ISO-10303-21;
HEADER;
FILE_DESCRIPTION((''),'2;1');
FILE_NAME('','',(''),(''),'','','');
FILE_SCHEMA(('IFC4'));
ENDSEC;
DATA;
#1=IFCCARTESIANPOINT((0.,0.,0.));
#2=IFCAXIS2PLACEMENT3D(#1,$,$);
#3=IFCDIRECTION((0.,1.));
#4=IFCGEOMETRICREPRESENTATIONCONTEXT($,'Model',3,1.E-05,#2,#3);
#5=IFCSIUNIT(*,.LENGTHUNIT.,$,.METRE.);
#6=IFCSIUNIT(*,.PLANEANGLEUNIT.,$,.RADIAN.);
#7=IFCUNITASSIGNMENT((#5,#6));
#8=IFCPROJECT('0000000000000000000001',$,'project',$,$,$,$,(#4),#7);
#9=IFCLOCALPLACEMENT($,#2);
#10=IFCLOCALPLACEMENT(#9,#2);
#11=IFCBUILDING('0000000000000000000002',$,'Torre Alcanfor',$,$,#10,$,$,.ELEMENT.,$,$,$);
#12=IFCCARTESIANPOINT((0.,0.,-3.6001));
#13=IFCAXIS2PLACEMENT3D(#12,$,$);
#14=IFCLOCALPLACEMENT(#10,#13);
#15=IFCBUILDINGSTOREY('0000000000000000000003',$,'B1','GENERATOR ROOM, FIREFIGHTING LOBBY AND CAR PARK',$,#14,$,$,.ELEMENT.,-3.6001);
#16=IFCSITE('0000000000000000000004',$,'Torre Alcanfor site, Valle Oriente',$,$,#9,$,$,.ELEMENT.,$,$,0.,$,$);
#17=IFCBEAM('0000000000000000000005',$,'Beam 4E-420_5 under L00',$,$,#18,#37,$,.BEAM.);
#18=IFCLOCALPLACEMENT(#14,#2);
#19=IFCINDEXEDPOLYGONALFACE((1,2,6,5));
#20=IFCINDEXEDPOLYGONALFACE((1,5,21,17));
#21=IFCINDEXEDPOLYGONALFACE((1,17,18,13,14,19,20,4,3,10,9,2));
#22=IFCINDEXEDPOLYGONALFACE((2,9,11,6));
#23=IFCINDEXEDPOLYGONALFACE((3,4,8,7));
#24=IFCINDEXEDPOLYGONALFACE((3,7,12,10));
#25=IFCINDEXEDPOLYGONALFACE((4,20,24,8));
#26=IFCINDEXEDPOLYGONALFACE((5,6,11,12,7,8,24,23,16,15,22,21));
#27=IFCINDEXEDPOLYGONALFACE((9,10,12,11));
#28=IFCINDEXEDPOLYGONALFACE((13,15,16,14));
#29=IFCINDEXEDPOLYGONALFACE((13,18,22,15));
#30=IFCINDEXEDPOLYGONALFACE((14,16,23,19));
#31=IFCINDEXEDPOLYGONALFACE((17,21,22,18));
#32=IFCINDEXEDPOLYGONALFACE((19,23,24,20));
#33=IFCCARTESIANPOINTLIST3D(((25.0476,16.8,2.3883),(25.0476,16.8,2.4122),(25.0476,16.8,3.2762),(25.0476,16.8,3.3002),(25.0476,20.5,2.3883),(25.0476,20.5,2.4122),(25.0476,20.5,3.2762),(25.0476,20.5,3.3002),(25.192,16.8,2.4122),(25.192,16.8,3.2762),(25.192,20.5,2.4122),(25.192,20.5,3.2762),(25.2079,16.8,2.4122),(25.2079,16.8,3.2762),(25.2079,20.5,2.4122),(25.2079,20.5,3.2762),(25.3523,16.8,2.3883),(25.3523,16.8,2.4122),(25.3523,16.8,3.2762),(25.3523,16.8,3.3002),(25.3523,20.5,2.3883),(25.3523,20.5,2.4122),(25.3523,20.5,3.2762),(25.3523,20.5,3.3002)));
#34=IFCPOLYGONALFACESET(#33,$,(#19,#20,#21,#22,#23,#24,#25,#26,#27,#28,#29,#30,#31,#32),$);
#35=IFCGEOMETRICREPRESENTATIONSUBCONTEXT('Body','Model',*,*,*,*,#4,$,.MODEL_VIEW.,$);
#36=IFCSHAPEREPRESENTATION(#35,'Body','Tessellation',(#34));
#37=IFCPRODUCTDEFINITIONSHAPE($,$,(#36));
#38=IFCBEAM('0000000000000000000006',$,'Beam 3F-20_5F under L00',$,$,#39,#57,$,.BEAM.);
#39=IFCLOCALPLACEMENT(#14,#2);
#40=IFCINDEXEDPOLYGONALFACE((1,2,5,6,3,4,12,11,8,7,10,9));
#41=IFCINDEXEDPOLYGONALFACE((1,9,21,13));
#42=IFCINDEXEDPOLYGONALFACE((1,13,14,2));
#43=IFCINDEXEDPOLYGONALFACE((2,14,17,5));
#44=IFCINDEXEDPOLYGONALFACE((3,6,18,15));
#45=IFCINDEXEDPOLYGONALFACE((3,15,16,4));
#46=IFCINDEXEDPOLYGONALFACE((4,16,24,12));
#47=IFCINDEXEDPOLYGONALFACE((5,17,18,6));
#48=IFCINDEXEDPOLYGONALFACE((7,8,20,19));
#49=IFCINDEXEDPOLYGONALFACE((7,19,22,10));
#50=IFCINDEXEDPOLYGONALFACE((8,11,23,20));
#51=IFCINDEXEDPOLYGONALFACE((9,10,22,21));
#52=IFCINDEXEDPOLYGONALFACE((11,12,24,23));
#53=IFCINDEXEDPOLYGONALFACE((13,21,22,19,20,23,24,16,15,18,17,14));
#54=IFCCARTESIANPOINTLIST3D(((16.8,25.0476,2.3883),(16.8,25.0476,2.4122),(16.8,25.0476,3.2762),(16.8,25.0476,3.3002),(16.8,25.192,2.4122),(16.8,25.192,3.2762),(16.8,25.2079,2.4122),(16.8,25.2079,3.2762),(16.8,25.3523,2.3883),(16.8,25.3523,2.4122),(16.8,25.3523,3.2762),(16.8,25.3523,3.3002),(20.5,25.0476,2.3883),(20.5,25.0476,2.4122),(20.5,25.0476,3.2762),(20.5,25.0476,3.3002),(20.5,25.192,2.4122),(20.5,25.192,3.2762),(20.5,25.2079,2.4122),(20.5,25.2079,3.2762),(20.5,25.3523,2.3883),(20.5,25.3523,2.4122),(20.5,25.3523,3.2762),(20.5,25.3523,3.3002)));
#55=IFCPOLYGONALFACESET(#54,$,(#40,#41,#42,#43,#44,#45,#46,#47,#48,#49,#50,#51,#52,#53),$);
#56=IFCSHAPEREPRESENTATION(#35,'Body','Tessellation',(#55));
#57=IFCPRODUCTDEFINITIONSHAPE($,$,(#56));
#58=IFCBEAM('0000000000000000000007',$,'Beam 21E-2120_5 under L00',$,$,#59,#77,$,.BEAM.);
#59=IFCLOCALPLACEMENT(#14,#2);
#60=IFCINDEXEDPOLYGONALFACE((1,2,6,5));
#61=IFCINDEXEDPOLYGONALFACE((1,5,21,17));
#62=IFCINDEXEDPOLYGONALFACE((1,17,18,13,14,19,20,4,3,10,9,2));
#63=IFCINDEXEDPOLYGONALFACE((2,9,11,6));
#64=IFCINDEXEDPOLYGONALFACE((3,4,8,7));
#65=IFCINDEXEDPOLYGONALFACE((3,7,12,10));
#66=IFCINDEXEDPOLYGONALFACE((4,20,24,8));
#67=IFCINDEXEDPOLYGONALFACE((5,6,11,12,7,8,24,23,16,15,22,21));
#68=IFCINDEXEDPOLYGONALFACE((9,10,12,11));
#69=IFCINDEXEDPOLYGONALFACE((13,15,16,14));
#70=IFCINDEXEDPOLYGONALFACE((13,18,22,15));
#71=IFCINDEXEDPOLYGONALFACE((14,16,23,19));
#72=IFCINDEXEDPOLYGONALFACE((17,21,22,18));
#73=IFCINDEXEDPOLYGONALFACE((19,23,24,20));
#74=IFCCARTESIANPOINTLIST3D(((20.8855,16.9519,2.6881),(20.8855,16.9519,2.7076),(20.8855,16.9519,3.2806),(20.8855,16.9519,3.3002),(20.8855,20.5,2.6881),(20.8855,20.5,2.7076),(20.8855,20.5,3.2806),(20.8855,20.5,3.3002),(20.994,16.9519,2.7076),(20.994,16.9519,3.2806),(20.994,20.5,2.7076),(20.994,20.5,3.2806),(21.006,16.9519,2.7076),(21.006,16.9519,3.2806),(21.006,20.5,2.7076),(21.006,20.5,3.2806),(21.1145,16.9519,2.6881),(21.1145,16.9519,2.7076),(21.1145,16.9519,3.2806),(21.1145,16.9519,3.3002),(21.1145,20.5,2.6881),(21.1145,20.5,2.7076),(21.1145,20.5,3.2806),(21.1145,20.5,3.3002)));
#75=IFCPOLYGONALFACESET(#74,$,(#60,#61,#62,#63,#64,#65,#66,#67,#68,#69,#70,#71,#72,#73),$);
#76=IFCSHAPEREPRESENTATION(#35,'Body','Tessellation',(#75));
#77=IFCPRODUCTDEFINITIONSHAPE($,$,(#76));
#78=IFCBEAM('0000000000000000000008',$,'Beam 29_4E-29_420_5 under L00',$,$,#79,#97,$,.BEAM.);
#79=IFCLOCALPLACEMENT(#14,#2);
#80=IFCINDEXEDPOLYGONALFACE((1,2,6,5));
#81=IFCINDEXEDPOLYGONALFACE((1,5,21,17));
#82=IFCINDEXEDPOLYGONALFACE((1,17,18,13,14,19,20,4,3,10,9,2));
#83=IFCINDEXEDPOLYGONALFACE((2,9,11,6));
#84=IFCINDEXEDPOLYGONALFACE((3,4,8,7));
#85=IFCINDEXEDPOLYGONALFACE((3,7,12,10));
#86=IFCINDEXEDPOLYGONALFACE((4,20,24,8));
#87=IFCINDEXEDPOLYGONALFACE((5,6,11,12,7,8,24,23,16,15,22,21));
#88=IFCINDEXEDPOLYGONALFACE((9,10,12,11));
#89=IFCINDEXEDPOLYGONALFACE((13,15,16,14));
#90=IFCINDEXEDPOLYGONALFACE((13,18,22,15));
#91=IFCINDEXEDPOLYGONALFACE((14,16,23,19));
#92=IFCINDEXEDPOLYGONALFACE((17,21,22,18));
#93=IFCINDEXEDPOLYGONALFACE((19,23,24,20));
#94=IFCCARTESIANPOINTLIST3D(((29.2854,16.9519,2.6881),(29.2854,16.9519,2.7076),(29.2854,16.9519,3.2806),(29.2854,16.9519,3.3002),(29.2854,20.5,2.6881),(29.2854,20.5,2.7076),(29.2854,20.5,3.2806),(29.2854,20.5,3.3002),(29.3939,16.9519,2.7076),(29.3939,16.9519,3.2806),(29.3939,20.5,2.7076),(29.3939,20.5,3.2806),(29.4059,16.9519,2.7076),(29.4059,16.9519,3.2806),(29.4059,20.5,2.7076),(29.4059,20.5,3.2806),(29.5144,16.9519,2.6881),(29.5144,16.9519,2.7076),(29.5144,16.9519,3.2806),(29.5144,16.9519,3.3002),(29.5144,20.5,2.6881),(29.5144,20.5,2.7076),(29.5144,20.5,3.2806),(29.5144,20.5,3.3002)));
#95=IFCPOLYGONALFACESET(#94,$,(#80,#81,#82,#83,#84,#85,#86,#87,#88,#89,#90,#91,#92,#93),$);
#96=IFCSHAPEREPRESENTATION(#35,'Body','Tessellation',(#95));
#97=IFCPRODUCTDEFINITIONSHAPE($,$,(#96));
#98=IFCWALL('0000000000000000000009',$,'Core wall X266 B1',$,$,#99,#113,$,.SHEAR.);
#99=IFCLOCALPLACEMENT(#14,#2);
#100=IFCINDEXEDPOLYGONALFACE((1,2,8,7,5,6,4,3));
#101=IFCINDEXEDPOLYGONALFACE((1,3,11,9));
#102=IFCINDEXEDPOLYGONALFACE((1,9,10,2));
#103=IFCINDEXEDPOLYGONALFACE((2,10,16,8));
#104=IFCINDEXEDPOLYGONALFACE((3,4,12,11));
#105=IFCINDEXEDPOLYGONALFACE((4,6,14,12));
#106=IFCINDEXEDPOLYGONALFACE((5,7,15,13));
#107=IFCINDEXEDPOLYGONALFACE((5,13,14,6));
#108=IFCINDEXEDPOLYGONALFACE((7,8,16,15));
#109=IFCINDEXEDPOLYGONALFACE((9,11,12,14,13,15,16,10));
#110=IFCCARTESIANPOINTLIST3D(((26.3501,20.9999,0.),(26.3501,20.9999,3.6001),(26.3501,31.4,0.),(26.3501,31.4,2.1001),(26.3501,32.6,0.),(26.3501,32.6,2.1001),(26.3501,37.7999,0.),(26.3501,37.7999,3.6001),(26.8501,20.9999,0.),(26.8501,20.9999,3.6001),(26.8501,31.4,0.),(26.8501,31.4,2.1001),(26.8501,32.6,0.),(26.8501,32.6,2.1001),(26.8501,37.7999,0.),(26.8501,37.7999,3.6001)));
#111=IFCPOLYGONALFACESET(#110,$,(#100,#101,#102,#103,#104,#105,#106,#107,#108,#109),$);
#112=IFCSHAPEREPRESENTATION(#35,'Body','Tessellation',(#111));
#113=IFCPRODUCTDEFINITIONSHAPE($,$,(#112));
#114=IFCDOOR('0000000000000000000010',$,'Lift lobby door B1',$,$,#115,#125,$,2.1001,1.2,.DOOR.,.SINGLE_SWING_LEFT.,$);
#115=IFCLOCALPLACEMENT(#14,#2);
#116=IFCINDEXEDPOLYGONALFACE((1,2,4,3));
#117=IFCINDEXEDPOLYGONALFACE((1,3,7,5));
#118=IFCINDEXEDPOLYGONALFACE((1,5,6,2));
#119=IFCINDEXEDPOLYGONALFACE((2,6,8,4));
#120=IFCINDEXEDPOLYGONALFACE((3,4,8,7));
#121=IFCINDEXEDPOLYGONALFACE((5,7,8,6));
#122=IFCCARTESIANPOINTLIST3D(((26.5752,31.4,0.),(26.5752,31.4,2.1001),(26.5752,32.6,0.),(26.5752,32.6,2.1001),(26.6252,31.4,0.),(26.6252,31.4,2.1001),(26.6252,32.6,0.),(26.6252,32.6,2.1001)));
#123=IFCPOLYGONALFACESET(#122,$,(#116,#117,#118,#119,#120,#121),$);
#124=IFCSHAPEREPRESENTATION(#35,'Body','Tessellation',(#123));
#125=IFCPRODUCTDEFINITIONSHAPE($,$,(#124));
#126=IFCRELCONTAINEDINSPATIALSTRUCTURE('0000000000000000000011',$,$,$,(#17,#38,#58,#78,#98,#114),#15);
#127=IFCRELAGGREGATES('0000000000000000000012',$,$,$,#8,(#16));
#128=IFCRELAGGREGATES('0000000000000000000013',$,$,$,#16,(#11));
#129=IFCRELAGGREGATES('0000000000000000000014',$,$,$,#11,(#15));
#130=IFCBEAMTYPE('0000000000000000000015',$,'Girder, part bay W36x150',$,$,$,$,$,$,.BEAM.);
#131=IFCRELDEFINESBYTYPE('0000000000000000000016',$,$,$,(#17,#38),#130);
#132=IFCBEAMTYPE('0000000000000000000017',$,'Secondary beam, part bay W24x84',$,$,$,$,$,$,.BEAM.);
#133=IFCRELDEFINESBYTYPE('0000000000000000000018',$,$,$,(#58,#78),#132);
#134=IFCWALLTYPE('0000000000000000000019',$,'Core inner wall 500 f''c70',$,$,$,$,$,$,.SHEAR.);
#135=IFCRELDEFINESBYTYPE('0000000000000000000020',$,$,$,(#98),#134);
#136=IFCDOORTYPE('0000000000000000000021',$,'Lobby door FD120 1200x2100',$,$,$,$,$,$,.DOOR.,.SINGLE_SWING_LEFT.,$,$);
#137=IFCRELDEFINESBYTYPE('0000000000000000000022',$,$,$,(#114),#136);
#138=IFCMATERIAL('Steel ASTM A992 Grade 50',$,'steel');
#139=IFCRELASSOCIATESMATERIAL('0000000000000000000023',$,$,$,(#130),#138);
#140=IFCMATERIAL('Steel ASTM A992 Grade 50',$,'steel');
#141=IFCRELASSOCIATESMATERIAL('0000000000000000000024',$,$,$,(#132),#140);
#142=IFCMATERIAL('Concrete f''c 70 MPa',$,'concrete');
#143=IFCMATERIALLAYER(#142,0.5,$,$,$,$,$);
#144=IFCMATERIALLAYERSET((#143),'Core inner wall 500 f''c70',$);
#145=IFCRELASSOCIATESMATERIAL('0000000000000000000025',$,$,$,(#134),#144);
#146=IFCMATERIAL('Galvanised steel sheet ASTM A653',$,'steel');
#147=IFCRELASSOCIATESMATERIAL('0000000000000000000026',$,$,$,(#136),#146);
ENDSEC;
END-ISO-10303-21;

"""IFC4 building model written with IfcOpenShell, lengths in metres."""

from ifc_helpers import new_model, si_unit, direction, frame, frame_2d, origin, origin_2d, place, context, subcontext, project, spatial, rectangle, i_section, extrude, material, layer, layer_set, material_profile, profile_set, type_object, element, fill, save


model = new_model("IFC4")

# Units and contexts
model_context = context("Model", 3, precision=1e-05, world=origin(), true_north=direction((0.0, 1.0)))
body_context = subcontext(model_context, "Body", "Model", "MODEL_VIEW")
ifc_project = project(units=[si_unit("LENGTHUNIT", "METRE"), si_unit("PLANEANGLEUNIT", "RADIAN")], contexts=[model_context])

# Site, building, storey
site_placement = place(None, origin())
site = spatial("IfcSite", under=ifc_project, at=site_placement, Name="Torre Alcanfor site, Valle Oriente", CompositionType="ELEMENT", RefElevation=0.0)
building_placement = place(site_placement, origin())
building = spatial("IfcBuilding", under=site, at=building_placement, Name="Torre Alcanfor", CompositionType="ELEMENT")
storey_placement = place(building_placement, frame((0.0, 0.0, -3.6001)))
storey = spatial("IfcBuildingStorey", under=building, at=storey_placement, Name="B1", Description="GENERATOR ROOM, FIREFIGHTING LOBBY AND CAR PARK", CompositionType="ELEMENT", Elevation=-3.6001)

# Beams
ifc_material_1 = material(Name="Steel ASTM A992 Grade 50", Category="steel")
ifc_material_profile_1 = material_profile(ifc_material_1, i_section(OverallWidth=0.3047, OverallDepth=0.9119, WebThickness=0.0159, FlangeThickness=0.0239, at=origin_2d()), Name="W36x150")
ifc_profile_set_1 = profile_set([ifc_material_profile_1], Name="Steel ASTM A992 Grade 50")
beam_type_1 = type_object("IfcBeamType", Name="Girder, part bay W36x150", PredefinedType="BEAM", material=ifc_profile_set_1)
for number, where, z_axis, x_axis, name in (
    (1, (25.2, 16.8, 2.8442), (0.0, 1.0, 0.0), (-1.0, 0.0, 0.0), "Beam 4E-420_5 under L00"),
    (2, (16.8, 25.2, 2.8442), (1.0, 0.0, 0.0), (0.0, 1.0, 0.0), "Beam 3F-20_5F under L00"),
):
    element("IfcBeam", number, at=place(storey_placement, frame(where, z_axis=z_axis, x_axis=x_axis)), inside=storey, type_object=beam_type_1, Name=name, PredefinedType="BEAM", context=body_context, shape_type="SweptSolid", body=[
        extrude(i_section(OverallWidth=0.3047, OverallDepth=0.9119, WebThickness=0.0159, FlangeThickness=0.0239, at=origin_2d()), origin(), (0.0, 0.0, 1.0), 3.7),
    ])
ifc_material_2 = material(Name="Steel ASTM A992 Grade 50", Category="steel")
ifc_material_profile_2 = material_profile(ifc_material_2, i_section(OverallWidth=0.229, OverallDepth=0.6121, WebThickness=0.012, FlangeThickness=0.0195, at=origin_2d()), Name="W24x84")
ifc_profile_set_2 = profile_set([ifc_material_profile_2], Name="Steel ASTM A992 Grade 50")
beam_type_2 = type_object("IfcBeamType", Name="Secondary beam, part bay W24x84", PredefinedType="BEAM", material=ifc_profile_set_2)
for number, where, z_axis, x_axis, name in (
    (3, (21.0, 16.9519, 2.9941), (0.0, 1.0, 0.0), (-1.0, 0.0, 0.0), "Beam 21E-2120_5 under L00"),
    (4, (29.3999, 16.9519, 2.9941), (0.0, 1.0, 0.0), (-1.0, 0.0, 0.0), "Beam 29_4E-29_420_5 under L00"),
):
    element("IfcBeam", number, at=place(storey_placement, frame(where, z_axis=z_axis, x_axis=x_axis)), inside=storey, type_object=beam_type_2, Name=name, PredefinedType="BEAM", context=body_context, shape_type="SweptSolid", body=[
        extrude(i_section(OverallWidth=0.229, OverallDepth=0.6121, WebThickness=0.012, FlangeThickness=0.0195, at=origin_2d()), origin(), (0.0, 0.0, 1.0), 3.5481),
    ])

# Wall, opening, door
ifc_material_3 = material(Name="Concrete f'c 70 MPa", Category="concrete")
ifc_layer_1 = layer(ifc_material_3, 0.5)
ifc_layer_set_1 = layer_set([ifc_layer_1], Name="Core inner wall 500 f'c70")
wall_type_1 = type_object("IfcWallType", Name="Core inner wall 500 f'c70", PredefinedType="SHEAR", material=ifc_layer_set_1)
wall_1_placement = place(storey_placement, frame((26.6001, 21.0, 0.0), z_axis=(0.0, 0.0, 1.0), x_axis=(0.0, 1.0, 0.0)))
wall_1 = element("IfcWall", 5, at=wall_1_placement, inside=storey, type_object=wall_type_1, Name="Core wall X266 B1", PredefinedType="SHEAR", context=body_context, shape_type="SweptSolid", body=[
    extrude(rectangle(XDim=16.8, YDim=0.5, at=frame_2d((8.3999, 0.0))), origin(), (0.0, 0.0, 1.0), 3.6001),
])
opening_1_placement = place(wall_1_placement, frame((10.3999, 0.0, 0.0)))
opening_1 = element("IfcOpeningElement", 6, at=opening_1_placement, cuts=wall_1, PredefinedType="OPENING", context=body_context, shape_type="SweptSolid", body=[
    extrude(rectangle(XDim=1.2, YDim=2.1001, at=frame_2d((0.6001, 1.05))), frame((0.0, 0.26, 0.0), z_axis=(0.0, -1.0, 0.0), x_axis=(1.0, 0.0, 0.0)), (0.0, 0.0, 1.0), 0.52),
])
ifc_material_4 = material(Name="Galvanised steel sheet ASTM A653", Category="steel")
door_type_1 = type_object("IfcDoorType", Name="Lobby door FD120 1200x2100", OperationType="SINGLE_SWING_LEFT", PredefinedType="DOOR", material=ifc_material_4)
door_1_placement = place(opening_1_placement, origin())
door_1 = element("IfcDoor", 7, at=door_1_placement, inside=storey, type_object=door_type_1, Name="Lift lobby door B1", OperationType="SINGLE_SWING_LEFT", OverallHeight=2.1001, OverallWidth=1.2, PredefinedType="DOOR", context=body_context, shape_type="SweptSolid", body=[
    extrude(rectangle(XDim=1.2, YDim=2.1001, at=frame_2d((0.6001, 1.05))), frame((0.0, 0.0249, 0.0), z_axis=(0.0, -1.0, 0.0), x_axis=(1.0, 0.0, 0.0)), (0.0, 0.0, 1.0), 0.05),
])
fill(opening_1, door_1)

save(model, "model.ifc")
